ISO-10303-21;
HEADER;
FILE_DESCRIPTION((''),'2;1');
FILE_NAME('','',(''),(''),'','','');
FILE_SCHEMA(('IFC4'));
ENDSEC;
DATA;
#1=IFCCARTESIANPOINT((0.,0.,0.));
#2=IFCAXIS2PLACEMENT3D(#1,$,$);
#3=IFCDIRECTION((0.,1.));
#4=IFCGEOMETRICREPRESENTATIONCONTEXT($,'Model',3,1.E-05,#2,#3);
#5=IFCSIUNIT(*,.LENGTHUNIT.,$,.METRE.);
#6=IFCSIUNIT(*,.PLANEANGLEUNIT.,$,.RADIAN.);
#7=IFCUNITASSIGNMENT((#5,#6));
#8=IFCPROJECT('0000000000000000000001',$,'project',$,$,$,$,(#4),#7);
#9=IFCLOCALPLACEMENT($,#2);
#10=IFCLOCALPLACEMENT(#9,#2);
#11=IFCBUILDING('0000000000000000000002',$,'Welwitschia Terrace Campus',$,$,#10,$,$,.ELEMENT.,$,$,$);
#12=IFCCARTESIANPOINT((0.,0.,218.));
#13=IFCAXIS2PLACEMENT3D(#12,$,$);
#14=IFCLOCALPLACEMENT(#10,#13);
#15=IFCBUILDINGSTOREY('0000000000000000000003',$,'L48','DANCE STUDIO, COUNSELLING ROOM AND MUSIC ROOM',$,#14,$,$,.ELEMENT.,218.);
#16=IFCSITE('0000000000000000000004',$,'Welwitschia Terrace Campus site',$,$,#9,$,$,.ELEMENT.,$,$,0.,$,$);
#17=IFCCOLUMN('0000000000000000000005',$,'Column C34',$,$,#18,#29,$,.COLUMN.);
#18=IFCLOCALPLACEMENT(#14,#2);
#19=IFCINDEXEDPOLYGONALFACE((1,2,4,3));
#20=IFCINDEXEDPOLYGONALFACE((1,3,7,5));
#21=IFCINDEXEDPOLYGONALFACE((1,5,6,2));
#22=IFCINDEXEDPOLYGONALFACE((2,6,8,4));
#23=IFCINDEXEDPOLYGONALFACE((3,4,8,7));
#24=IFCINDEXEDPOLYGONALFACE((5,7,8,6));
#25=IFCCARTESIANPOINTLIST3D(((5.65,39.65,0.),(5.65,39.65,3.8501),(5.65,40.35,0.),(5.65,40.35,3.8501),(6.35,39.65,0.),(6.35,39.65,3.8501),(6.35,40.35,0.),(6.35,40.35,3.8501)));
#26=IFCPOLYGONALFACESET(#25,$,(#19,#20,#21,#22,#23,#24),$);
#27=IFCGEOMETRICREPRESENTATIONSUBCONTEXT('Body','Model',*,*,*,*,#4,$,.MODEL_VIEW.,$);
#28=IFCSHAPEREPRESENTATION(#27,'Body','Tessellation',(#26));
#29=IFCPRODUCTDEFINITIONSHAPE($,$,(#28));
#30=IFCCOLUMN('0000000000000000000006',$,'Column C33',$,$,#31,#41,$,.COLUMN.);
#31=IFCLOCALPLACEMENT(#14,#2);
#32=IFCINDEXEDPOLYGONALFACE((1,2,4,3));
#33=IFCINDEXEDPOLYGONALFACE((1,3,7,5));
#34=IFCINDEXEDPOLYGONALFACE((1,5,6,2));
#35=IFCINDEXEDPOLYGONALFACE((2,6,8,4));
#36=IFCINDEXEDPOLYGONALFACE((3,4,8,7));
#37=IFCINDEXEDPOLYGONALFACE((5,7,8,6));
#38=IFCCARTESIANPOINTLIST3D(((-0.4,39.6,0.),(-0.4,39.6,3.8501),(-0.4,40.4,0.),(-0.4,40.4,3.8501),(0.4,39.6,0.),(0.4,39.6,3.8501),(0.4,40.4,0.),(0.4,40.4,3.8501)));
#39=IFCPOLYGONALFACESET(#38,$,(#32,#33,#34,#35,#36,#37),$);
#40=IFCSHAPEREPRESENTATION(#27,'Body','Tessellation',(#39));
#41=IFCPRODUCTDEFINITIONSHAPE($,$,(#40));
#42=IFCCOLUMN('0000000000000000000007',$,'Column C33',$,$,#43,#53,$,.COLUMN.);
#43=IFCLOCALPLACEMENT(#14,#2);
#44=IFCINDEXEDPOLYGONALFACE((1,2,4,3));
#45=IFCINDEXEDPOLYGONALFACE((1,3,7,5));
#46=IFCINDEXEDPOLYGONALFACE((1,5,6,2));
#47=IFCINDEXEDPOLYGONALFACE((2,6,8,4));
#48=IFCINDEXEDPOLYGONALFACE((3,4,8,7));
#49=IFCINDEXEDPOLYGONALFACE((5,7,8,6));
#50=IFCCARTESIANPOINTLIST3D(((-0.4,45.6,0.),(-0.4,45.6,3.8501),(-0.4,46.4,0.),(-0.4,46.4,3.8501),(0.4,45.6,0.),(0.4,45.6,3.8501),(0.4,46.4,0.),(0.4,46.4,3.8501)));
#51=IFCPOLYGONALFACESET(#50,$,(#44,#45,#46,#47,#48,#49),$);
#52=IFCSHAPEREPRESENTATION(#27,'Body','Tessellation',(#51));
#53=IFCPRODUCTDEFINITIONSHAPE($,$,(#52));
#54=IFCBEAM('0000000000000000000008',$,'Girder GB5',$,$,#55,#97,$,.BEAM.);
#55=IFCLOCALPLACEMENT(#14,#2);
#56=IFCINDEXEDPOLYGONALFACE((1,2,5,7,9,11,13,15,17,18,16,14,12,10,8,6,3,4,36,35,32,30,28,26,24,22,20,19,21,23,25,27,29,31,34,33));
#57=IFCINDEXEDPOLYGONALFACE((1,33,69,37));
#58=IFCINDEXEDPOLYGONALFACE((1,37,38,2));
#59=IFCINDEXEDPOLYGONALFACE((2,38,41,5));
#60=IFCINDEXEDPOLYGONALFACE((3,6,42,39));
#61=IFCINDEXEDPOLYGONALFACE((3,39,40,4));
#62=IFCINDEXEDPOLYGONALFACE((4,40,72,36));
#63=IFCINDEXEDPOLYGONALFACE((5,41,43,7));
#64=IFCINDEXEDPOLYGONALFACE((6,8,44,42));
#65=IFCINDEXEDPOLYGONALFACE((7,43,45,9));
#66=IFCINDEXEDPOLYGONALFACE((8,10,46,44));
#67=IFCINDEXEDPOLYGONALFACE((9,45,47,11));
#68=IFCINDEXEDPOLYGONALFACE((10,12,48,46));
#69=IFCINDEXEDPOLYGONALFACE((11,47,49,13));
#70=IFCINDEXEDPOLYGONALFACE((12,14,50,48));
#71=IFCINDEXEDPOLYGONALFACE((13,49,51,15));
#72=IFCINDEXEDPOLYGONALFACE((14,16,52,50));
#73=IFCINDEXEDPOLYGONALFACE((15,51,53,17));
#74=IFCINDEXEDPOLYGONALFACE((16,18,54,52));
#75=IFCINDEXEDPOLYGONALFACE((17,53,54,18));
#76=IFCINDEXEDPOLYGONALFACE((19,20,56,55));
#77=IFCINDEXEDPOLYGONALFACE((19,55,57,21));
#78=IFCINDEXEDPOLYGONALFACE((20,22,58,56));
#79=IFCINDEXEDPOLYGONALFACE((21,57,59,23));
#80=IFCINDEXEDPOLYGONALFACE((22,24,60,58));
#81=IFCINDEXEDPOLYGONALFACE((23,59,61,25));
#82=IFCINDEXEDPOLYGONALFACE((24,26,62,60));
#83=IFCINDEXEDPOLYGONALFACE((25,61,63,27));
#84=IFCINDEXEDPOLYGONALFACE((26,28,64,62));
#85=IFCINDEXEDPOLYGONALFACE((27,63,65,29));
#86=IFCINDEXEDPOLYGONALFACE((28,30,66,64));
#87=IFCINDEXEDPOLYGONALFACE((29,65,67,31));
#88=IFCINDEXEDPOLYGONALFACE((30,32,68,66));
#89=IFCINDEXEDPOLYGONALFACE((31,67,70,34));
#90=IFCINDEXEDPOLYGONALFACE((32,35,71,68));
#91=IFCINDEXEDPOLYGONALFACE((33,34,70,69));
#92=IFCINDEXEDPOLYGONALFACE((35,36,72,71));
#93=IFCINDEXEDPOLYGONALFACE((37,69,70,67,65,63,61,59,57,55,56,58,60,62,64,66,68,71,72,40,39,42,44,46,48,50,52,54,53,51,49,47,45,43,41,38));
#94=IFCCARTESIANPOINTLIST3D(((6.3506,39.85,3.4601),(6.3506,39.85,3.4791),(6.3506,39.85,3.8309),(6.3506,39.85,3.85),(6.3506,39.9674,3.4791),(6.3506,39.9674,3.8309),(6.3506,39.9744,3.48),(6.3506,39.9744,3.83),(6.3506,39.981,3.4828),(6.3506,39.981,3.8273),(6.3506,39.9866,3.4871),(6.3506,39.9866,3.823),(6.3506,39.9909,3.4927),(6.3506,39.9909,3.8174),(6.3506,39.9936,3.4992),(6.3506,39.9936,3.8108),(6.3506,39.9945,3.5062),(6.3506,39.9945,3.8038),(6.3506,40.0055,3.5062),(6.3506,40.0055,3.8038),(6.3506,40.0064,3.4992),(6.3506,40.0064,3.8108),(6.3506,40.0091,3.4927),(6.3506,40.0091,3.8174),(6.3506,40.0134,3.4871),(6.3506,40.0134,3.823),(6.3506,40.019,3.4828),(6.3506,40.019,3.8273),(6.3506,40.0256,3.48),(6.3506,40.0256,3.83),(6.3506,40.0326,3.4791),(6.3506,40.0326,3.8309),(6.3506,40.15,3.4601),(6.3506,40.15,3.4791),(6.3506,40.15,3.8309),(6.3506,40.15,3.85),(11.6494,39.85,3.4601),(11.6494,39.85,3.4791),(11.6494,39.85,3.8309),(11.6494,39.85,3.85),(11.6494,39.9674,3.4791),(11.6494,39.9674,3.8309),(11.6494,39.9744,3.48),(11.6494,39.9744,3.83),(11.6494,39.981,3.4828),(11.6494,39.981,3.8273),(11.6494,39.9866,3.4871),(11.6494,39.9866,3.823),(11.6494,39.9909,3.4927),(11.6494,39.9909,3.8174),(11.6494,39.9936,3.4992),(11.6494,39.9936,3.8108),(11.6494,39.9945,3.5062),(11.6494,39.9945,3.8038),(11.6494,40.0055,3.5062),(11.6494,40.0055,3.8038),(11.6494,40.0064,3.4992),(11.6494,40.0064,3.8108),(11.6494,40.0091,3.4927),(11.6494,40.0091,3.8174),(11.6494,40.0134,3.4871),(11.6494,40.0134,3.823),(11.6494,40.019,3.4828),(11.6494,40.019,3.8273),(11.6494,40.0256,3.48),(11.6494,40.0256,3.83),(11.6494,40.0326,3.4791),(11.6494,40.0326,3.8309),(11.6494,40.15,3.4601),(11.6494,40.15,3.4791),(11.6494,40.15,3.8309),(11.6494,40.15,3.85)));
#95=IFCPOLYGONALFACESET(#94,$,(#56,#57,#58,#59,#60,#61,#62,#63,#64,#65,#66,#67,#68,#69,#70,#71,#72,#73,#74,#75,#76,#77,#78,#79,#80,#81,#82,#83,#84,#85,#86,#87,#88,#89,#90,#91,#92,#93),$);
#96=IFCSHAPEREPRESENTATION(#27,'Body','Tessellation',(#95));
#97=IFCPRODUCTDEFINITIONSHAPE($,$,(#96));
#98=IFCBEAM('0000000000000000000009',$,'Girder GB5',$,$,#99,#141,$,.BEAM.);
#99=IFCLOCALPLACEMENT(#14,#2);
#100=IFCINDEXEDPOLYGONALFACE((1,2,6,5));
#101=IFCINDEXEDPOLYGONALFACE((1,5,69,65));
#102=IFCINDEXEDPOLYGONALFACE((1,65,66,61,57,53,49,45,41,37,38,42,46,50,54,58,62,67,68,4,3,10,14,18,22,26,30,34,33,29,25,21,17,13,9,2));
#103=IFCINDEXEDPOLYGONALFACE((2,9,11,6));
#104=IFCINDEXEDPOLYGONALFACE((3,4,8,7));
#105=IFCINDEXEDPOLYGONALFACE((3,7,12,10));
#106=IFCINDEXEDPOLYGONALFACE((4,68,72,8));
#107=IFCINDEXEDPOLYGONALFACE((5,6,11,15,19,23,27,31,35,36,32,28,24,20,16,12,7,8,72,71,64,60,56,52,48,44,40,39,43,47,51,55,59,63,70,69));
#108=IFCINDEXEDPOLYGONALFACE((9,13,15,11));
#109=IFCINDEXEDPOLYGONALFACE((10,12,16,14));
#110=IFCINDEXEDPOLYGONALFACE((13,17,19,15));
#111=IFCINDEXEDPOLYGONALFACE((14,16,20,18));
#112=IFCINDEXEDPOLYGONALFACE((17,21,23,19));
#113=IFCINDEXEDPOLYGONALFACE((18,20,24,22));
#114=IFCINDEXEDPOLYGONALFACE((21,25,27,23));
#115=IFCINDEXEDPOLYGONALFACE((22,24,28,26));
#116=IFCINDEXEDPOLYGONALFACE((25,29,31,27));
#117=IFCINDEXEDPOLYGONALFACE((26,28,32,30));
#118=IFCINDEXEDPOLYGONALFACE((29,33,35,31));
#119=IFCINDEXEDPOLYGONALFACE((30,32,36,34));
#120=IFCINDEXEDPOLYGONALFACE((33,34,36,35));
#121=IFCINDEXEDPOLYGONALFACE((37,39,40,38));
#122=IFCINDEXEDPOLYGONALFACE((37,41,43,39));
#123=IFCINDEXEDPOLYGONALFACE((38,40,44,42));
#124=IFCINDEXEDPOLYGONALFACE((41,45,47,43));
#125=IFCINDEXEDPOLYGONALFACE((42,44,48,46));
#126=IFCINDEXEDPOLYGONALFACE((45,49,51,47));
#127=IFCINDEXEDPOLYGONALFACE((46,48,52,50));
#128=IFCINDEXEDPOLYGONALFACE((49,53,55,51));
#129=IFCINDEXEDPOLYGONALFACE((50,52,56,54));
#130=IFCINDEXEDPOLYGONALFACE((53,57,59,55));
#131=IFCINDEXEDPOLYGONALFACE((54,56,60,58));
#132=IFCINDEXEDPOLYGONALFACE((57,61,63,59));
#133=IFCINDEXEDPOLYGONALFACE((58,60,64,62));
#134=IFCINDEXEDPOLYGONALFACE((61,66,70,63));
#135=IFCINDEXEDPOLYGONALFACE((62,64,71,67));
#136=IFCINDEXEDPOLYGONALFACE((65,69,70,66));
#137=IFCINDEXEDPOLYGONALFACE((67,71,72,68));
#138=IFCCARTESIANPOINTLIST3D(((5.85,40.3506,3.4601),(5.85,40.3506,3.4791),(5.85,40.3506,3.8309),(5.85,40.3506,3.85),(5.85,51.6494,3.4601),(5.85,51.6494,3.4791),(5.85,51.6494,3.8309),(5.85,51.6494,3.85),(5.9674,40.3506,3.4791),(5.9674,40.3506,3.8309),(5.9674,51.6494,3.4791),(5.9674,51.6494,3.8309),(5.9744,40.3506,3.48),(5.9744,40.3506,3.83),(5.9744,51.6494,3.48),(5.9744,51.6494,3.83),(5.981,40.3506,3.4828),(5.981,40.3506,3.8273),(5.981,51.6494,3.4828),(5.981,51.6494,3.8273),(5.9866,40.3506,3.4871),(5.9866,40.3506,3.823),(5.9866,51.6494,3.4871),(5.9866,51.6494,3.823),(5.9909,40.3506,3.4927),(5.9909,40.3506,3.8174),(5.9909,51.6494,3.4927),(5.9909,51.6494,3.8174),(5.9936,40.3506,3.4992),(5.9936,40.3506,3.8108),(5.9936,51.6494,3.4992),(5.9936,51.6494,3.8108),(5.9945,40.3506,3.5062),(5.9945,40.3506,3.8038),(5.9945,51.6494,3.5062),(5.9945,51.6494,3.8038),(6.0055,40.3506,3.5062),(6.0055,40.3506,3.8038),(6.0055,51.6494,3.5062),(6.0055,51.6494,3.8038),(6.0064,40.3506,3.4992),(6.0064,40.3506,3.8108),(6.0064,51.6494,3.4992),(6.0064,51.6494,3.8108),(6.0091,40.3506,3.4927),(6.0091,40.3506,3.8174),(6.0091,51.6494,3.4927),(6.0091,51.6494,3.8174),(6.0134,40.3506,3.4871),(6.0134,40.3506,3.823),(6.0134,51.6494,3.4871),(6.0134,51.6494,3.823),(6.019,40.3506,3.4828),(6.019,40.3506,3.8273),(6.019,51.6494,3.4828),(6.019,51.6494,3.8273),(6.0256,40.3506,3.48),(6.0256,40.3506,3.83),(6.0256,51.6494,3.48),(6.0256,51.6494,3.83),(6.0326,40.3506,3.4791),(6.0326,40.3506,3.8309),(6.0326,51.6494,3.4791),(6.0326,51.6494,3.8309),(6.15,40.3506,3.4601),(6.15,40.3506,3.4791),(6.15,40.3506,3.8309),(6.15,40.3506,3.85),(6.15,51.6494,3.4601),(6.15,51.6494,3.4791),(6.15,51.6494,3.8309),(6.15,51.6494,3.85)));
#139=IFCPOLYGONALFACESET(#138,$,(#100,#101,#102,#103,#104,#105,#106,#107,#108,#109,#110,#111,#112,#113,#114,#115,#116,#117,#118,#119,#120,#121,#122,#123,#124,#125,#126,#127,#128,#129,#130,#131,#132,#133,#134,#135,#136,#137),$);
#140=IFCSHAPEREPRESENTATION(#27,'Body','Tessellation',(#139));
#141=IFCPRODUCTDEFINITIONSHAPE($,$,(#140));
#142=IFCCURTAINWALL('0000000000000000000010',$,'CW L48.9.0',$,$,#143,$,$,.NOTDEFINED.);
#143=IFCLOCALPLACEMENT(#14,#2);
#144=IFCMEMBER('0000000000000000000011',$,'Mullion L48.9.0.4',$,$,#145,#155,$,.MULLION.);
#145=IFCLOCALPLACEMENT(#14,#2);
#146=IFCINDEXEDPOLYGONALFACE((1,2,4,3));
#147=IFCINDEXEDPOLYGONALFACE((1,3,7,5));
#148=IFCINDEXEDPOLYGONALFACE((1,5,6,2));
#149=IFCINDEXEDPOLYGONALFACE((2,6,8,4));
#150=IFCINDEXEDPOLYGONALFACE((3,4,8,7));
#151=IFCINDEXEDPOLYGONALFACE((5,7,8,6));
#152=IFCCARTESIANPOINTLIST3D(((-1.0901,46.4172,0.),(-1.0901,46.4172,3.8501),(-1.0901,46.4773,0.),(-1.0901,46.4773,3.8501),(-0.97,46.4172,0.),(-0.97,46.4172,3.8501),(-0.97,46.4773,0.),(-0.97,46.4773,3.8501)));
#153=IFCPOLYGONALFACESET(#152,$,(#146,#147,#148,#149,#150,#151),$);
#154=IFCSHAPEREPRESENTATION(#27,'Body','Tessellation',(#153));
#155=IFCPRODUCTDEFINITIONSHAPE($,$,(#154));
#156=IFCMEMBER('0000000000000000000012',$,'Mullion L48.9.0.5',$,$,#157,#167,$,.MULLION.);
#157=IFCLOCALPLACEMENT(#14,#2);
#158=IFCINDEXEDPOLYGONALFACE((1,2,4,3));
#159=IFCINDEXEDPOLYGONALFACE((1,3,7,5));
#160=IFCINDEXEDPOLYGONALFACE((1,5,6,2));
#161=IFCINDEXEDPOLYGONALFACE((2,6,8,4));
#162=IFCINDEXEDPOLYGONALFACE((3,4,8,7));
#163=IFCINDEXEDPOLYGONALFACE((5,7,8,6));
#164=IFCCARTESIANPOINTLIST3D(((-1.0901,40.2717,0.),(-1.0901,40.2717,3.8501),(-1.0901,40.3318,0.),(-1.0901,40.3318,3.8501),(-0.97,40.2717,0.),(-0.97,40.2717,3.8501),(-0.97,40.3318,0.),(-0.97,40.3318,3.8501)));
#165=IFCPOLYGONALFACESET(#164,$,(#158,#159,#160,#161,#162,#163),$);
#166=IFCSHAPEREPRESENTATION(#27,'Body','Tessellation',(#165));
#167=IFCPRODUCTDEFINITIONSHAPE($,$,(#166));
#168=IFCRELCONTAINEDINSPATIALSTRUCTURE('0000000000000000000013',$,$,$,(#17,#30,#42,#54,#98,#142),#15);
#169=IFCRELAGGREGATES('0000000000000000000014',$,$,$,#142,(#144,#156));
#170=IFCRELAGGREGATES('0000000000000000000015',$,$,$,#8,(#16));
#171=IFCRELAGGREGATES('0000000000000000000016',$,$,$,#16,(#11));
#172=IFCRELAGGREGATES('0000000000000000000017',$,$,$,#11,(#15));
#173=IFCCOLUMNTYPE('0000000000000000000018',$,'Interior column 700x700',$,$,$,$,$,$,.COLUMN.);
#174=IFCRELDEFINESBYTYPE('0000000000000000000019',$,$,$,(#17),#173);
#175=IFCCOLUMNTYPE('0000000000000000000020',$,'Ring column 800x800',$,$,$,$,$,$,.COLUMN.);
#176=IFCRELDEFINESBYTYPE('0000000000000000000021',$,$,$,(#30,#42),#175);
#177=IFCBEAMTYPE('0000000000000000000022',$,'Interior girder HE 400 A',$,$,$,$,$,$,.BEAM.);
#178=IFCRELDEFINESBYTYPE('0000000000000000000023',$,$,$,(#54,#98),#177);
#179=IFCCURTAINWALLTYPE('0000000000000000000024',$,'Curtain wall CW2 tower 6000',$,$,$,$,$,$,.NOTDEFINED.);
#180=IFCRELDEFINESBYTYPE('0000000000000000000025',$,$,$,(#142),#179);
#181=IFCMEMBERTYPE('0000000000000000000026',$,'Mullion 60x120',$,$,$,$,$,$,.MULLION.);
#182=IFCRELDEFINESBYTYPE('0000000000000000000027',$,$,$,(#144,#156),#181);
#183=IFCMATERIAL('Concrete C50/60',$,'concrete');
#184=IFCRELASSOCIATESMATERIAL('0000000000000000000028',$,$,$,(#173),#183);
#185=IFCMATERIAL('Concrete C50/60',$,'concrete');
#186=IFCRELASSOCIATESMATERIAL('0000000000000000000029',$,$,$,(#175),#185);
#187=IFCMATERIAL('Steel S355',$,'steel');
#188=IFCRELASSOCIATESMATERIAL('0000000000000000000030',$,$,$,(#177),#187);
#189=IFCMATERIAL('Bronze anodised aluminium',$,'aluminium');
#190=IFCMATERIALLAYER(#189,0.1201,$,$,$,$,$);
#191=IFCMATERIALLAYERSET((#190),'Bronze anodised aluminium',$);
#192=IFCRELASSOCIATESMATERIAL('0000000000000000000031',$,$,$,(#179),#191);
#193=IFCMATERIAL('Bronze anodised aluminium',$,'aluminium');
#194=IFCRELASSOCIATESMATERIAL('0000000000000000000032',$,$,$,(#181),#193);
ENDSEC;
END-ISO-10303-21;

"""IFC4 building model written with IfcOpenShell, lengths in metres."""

from ifc_helpers import new_model, si_unit, direction, frame, origin, origin_2d, place, context, subcontext, project, spatial, rectangle, i_section, extrude, material, layer, layer_set, material_profile, profile_set, type_object, element, aggregate, save


model = new_model("IFC4")

# Units and contexts
model_context = context("Model", 3, precision=1e-05, world=origin(), true_north=direction((0.0, 1.0)))
body_context = subcontext(model_context, "Body", "Model", "MODEL_VIEW")
ifc_project = project(units=[si_unit("LENGTHUNIT", "METRE"), si_unit("PLANEANGLEUNIT", "RADIAN")], contexts=[model_context])

# Site, building, storey
site_placement = place(None, origin())
site = spatial("IfcSite", under=ifc_project, at=site_placement, Name="Welwitschia Terrace Campus site", CompositionType="ELEMENT", RefElevation=0.0)
building_placement = place(site_placement, origin())
building = spatial("IfcBuilding", under=site, at=building_placement, Name="Welwitschia Terrace Campus", CompositionType="ELEMENT")
storey_placement = place(building_placement, frame((0.0, 0.0, 218.0)))
storey = spatial("IfcBuildingStorey", under=building, at=storey_placement, Name="L48", Description="DANCE STUDIO, COUNSELLING ROOM AND MUSIC ROOM", CompositionType="ELEMENT", Elevation=218.0)

# Columns
ifc_material_1 = material(Name="Concrete C50/60", Category="concrete")
ifc_material_profile_1 = material_profile(ifc_material_1, rectangle(XDim=0.7, YDim=0.7, at=origin_2d()))
ifc_profile_set_1 = profile_set([ifc_material_profile_1], Name="Concrete C50/60")
column_type_1 = type_object("IfcColumnType", Name="Interior column 700x700", PredefinedType="COLUMN", material=ifc_profile_set_1)
column_placement = place(storey_placement, frame((6.0, 40.0, 0.0), z_axis=(0.0, 0.0, 1.0), x_axis=(1.0, 0.0, 0.0)))
element("IfcColumn", 1, at=column_placement, inside=storey, type_object=column_type_1, Name="Column C34", PredefinedType="COLUMN", context=body_context, shape_type="SweptSolid", body=[
    extrude(rectangle(XDim=0.7, YDim=0.7, at=origin_2d()), origin(), (0.0, 0.0, 1.0), 3.8501),
])
ifc_material_2 = material(Name="Concrete C50/60", Category="concrete")
ifc_material_profile_2 = material_profile(ifc_material_2, rectangle(XDim=0.8, YDim=0.8, at=origin_2d()))
ifc_profile_set_2 = profile_set([ifc_material_profile_2], Name="Concrete C50/60")
column_type_2 = type_object("IfcColumnType", Name="Ring column 800x800", PredefinedType="COLUMN", material=ifc_profile_set_2)
for number, where, z_axis, x_axis, name in (
    (2, (0.0, 40.0, 0.0), (0.0, 0.0, 1.0), (1.0, 0.0, 0.0), "Column C33"),
    (3, (0.0, 46.0, 0.0), (0.0, 0.0, 1.0), (1.0, 0.0, 0.0), "Column C33"),
):
    element("IfcColumn", number, at=place(storey_placement, frame(where, z_axis=z_axis, x_axis=x_axis)), inside=storey, type_object=column_type_2, Name=name, PredefinedType="COLUMN", context=body_context, shape_type="SweptSolid", body=[
        extrude(rectangle(XDim=0.8, YDim=0.8, at=origin_2d()), origin(), (0.0, 0.0, 1.0), 3.8501),
    ])

# Beams
ifc_material_3 = material(Name="Steel S355", Category="steel")
ifc_material_profile_3 = material_profile(ifc_material_3, i_section(OverallWidth=0.3, OverallDepth=0.3899, WebThickness=0.011, FlangeThickness=0.019, FilletRadius=0.0271, at=origin_2d()))
ifc_profile_set_3 = profile_set([ifc_material_profile_3], Name="Steel S355")
beam_type_1 = type_object("IfcBeamType", Name="Interior girder HE 400 A", PredefinedType="BEAM", material=ifc_profile_set_3)
beam_1_placement = place(storey_placement, frame((6.3506, 40.0, 3.655), z_axis=(1.0, 0.0, 0.0), x_axis=(0.0, 1.0, 0.0)))
element("IfcBeam", 4, at=beam_1_placement, inside=storey, type_object=beam_type_1, Name="Girder GB5", PredefinedType="BEAM", context=body_context, shape_type="SweptSolid", body=[
    extrude(i_section(OverallWidth=0.3, OverallDepth=0.3899, WebThickness=0.011, FlangeThickness=0.019, FilletRadius=0.0271, at=origin_2d()), origin(), (0.0, 0.0, 1.0), 5.2988),
])
beam_2_placement = place(storey_placement, frame((6.0, 40.3506, 3.655), z_axis=(0.0, 1.0, 0.0), x_axis=(-1.0, 0.0, 0.0)))
element("IfcBeam", 5, at=beam_2_placement, inside=storey, type_object=beam_type_1, Name="Girder GB5", PredefinedType="BEAM", context=body_context, shape_type="SweptSolid", body=[
    extrude(i_section(OverallWidth=0.3, OverallDepth=0.3899, WebThickness=0.011, FlangeThickness=0.019, FilletRadius=0.0271, at=origin_2d()), origin(), (0.0, 0.0, 1.0), 11.2988),
])

# Curtain wall, members
ifc_material_4 = material(Name="Bronze anodised aluminium", Category="aluminium")
ifc_layer_1 = layer(ifc_material_4, 0.1201)
ifc_layer_set_1 = layer_set([ifc_layer_1], Name="Bronze anodised aluminium")
curtain_wall_type = type_object("IfcCurtainWallType", Name="Curtain wall CW2 tower 6000", PredefinedType="NOTDEFINED", material=ifc_layer_set_1)
curtain_wall_placement = place(storey_placement, origin())
curtain_wall = element("IfcCurtainWall", 6, at=curtain_wall_placement, inside=storey, type_object=curtain_wall_type, Name="CW L48.9.0", PredefinedType="NOTDEFINED")
ifc_material_5 = material(Name="Bronze anodised aluminium", Category="aluminium")
ifc_material_profile_4 = material_profile(ifc_material_5, rectangle(XDim=0.1201, YDim=0.0601, at=origin_2d()))
ifc_profile_set_4 = profile_set([ifc_material_profile_4], Name="Bronze anodised aluminium")
member_type = type_object("IfcMemberType", Name="Mullion 60x120", PredefinedType="MULLION", material=ifc_profile_set_4)
member_1_placement = place(storey_placement, frame((-1.03, 46.4473, 0.0), z_axis=(0.0, 0.0, 1.0), x_axis=(1.0, 0.0, 0.0)))
member_1 = element("IfcMember", 7, at=member_1_placement, type_object=member_type, Name="Mullion L48.9.0.4", PredefinedType="MULLION", context=body_context, shape_type="SweptSolid", body=[
    extrude(rectangle(XDim=0.1201, YDim=0.0601, at=origin_2d()), origin(), (0.0, 0.0, 1.0), 3.8501),
])
member_2_placement = place(storey_placement, frame((-1.03, 40.3018, 0.0), z_axis=(0.0, 0.0, 1.0), x_axis=(1.0, 0.0, 0.0)))
member_2 = element("IfcMember", 8, at=member_2_placement, type_object=member_type, Name="Mullion L48.9.0.5", PredefinedType="MULLION", context=body_context, shape_type="SweptSolid", body=[
    extrude(rectangle(XDim=0.1201, YDim=0.0601, at=origin_2d()), origin(), (0.0, 0.0, 1.0), 3.8501),
])

aggregate(curtain_wall, [member_1, member_2])

save(model, "model.ifc")
